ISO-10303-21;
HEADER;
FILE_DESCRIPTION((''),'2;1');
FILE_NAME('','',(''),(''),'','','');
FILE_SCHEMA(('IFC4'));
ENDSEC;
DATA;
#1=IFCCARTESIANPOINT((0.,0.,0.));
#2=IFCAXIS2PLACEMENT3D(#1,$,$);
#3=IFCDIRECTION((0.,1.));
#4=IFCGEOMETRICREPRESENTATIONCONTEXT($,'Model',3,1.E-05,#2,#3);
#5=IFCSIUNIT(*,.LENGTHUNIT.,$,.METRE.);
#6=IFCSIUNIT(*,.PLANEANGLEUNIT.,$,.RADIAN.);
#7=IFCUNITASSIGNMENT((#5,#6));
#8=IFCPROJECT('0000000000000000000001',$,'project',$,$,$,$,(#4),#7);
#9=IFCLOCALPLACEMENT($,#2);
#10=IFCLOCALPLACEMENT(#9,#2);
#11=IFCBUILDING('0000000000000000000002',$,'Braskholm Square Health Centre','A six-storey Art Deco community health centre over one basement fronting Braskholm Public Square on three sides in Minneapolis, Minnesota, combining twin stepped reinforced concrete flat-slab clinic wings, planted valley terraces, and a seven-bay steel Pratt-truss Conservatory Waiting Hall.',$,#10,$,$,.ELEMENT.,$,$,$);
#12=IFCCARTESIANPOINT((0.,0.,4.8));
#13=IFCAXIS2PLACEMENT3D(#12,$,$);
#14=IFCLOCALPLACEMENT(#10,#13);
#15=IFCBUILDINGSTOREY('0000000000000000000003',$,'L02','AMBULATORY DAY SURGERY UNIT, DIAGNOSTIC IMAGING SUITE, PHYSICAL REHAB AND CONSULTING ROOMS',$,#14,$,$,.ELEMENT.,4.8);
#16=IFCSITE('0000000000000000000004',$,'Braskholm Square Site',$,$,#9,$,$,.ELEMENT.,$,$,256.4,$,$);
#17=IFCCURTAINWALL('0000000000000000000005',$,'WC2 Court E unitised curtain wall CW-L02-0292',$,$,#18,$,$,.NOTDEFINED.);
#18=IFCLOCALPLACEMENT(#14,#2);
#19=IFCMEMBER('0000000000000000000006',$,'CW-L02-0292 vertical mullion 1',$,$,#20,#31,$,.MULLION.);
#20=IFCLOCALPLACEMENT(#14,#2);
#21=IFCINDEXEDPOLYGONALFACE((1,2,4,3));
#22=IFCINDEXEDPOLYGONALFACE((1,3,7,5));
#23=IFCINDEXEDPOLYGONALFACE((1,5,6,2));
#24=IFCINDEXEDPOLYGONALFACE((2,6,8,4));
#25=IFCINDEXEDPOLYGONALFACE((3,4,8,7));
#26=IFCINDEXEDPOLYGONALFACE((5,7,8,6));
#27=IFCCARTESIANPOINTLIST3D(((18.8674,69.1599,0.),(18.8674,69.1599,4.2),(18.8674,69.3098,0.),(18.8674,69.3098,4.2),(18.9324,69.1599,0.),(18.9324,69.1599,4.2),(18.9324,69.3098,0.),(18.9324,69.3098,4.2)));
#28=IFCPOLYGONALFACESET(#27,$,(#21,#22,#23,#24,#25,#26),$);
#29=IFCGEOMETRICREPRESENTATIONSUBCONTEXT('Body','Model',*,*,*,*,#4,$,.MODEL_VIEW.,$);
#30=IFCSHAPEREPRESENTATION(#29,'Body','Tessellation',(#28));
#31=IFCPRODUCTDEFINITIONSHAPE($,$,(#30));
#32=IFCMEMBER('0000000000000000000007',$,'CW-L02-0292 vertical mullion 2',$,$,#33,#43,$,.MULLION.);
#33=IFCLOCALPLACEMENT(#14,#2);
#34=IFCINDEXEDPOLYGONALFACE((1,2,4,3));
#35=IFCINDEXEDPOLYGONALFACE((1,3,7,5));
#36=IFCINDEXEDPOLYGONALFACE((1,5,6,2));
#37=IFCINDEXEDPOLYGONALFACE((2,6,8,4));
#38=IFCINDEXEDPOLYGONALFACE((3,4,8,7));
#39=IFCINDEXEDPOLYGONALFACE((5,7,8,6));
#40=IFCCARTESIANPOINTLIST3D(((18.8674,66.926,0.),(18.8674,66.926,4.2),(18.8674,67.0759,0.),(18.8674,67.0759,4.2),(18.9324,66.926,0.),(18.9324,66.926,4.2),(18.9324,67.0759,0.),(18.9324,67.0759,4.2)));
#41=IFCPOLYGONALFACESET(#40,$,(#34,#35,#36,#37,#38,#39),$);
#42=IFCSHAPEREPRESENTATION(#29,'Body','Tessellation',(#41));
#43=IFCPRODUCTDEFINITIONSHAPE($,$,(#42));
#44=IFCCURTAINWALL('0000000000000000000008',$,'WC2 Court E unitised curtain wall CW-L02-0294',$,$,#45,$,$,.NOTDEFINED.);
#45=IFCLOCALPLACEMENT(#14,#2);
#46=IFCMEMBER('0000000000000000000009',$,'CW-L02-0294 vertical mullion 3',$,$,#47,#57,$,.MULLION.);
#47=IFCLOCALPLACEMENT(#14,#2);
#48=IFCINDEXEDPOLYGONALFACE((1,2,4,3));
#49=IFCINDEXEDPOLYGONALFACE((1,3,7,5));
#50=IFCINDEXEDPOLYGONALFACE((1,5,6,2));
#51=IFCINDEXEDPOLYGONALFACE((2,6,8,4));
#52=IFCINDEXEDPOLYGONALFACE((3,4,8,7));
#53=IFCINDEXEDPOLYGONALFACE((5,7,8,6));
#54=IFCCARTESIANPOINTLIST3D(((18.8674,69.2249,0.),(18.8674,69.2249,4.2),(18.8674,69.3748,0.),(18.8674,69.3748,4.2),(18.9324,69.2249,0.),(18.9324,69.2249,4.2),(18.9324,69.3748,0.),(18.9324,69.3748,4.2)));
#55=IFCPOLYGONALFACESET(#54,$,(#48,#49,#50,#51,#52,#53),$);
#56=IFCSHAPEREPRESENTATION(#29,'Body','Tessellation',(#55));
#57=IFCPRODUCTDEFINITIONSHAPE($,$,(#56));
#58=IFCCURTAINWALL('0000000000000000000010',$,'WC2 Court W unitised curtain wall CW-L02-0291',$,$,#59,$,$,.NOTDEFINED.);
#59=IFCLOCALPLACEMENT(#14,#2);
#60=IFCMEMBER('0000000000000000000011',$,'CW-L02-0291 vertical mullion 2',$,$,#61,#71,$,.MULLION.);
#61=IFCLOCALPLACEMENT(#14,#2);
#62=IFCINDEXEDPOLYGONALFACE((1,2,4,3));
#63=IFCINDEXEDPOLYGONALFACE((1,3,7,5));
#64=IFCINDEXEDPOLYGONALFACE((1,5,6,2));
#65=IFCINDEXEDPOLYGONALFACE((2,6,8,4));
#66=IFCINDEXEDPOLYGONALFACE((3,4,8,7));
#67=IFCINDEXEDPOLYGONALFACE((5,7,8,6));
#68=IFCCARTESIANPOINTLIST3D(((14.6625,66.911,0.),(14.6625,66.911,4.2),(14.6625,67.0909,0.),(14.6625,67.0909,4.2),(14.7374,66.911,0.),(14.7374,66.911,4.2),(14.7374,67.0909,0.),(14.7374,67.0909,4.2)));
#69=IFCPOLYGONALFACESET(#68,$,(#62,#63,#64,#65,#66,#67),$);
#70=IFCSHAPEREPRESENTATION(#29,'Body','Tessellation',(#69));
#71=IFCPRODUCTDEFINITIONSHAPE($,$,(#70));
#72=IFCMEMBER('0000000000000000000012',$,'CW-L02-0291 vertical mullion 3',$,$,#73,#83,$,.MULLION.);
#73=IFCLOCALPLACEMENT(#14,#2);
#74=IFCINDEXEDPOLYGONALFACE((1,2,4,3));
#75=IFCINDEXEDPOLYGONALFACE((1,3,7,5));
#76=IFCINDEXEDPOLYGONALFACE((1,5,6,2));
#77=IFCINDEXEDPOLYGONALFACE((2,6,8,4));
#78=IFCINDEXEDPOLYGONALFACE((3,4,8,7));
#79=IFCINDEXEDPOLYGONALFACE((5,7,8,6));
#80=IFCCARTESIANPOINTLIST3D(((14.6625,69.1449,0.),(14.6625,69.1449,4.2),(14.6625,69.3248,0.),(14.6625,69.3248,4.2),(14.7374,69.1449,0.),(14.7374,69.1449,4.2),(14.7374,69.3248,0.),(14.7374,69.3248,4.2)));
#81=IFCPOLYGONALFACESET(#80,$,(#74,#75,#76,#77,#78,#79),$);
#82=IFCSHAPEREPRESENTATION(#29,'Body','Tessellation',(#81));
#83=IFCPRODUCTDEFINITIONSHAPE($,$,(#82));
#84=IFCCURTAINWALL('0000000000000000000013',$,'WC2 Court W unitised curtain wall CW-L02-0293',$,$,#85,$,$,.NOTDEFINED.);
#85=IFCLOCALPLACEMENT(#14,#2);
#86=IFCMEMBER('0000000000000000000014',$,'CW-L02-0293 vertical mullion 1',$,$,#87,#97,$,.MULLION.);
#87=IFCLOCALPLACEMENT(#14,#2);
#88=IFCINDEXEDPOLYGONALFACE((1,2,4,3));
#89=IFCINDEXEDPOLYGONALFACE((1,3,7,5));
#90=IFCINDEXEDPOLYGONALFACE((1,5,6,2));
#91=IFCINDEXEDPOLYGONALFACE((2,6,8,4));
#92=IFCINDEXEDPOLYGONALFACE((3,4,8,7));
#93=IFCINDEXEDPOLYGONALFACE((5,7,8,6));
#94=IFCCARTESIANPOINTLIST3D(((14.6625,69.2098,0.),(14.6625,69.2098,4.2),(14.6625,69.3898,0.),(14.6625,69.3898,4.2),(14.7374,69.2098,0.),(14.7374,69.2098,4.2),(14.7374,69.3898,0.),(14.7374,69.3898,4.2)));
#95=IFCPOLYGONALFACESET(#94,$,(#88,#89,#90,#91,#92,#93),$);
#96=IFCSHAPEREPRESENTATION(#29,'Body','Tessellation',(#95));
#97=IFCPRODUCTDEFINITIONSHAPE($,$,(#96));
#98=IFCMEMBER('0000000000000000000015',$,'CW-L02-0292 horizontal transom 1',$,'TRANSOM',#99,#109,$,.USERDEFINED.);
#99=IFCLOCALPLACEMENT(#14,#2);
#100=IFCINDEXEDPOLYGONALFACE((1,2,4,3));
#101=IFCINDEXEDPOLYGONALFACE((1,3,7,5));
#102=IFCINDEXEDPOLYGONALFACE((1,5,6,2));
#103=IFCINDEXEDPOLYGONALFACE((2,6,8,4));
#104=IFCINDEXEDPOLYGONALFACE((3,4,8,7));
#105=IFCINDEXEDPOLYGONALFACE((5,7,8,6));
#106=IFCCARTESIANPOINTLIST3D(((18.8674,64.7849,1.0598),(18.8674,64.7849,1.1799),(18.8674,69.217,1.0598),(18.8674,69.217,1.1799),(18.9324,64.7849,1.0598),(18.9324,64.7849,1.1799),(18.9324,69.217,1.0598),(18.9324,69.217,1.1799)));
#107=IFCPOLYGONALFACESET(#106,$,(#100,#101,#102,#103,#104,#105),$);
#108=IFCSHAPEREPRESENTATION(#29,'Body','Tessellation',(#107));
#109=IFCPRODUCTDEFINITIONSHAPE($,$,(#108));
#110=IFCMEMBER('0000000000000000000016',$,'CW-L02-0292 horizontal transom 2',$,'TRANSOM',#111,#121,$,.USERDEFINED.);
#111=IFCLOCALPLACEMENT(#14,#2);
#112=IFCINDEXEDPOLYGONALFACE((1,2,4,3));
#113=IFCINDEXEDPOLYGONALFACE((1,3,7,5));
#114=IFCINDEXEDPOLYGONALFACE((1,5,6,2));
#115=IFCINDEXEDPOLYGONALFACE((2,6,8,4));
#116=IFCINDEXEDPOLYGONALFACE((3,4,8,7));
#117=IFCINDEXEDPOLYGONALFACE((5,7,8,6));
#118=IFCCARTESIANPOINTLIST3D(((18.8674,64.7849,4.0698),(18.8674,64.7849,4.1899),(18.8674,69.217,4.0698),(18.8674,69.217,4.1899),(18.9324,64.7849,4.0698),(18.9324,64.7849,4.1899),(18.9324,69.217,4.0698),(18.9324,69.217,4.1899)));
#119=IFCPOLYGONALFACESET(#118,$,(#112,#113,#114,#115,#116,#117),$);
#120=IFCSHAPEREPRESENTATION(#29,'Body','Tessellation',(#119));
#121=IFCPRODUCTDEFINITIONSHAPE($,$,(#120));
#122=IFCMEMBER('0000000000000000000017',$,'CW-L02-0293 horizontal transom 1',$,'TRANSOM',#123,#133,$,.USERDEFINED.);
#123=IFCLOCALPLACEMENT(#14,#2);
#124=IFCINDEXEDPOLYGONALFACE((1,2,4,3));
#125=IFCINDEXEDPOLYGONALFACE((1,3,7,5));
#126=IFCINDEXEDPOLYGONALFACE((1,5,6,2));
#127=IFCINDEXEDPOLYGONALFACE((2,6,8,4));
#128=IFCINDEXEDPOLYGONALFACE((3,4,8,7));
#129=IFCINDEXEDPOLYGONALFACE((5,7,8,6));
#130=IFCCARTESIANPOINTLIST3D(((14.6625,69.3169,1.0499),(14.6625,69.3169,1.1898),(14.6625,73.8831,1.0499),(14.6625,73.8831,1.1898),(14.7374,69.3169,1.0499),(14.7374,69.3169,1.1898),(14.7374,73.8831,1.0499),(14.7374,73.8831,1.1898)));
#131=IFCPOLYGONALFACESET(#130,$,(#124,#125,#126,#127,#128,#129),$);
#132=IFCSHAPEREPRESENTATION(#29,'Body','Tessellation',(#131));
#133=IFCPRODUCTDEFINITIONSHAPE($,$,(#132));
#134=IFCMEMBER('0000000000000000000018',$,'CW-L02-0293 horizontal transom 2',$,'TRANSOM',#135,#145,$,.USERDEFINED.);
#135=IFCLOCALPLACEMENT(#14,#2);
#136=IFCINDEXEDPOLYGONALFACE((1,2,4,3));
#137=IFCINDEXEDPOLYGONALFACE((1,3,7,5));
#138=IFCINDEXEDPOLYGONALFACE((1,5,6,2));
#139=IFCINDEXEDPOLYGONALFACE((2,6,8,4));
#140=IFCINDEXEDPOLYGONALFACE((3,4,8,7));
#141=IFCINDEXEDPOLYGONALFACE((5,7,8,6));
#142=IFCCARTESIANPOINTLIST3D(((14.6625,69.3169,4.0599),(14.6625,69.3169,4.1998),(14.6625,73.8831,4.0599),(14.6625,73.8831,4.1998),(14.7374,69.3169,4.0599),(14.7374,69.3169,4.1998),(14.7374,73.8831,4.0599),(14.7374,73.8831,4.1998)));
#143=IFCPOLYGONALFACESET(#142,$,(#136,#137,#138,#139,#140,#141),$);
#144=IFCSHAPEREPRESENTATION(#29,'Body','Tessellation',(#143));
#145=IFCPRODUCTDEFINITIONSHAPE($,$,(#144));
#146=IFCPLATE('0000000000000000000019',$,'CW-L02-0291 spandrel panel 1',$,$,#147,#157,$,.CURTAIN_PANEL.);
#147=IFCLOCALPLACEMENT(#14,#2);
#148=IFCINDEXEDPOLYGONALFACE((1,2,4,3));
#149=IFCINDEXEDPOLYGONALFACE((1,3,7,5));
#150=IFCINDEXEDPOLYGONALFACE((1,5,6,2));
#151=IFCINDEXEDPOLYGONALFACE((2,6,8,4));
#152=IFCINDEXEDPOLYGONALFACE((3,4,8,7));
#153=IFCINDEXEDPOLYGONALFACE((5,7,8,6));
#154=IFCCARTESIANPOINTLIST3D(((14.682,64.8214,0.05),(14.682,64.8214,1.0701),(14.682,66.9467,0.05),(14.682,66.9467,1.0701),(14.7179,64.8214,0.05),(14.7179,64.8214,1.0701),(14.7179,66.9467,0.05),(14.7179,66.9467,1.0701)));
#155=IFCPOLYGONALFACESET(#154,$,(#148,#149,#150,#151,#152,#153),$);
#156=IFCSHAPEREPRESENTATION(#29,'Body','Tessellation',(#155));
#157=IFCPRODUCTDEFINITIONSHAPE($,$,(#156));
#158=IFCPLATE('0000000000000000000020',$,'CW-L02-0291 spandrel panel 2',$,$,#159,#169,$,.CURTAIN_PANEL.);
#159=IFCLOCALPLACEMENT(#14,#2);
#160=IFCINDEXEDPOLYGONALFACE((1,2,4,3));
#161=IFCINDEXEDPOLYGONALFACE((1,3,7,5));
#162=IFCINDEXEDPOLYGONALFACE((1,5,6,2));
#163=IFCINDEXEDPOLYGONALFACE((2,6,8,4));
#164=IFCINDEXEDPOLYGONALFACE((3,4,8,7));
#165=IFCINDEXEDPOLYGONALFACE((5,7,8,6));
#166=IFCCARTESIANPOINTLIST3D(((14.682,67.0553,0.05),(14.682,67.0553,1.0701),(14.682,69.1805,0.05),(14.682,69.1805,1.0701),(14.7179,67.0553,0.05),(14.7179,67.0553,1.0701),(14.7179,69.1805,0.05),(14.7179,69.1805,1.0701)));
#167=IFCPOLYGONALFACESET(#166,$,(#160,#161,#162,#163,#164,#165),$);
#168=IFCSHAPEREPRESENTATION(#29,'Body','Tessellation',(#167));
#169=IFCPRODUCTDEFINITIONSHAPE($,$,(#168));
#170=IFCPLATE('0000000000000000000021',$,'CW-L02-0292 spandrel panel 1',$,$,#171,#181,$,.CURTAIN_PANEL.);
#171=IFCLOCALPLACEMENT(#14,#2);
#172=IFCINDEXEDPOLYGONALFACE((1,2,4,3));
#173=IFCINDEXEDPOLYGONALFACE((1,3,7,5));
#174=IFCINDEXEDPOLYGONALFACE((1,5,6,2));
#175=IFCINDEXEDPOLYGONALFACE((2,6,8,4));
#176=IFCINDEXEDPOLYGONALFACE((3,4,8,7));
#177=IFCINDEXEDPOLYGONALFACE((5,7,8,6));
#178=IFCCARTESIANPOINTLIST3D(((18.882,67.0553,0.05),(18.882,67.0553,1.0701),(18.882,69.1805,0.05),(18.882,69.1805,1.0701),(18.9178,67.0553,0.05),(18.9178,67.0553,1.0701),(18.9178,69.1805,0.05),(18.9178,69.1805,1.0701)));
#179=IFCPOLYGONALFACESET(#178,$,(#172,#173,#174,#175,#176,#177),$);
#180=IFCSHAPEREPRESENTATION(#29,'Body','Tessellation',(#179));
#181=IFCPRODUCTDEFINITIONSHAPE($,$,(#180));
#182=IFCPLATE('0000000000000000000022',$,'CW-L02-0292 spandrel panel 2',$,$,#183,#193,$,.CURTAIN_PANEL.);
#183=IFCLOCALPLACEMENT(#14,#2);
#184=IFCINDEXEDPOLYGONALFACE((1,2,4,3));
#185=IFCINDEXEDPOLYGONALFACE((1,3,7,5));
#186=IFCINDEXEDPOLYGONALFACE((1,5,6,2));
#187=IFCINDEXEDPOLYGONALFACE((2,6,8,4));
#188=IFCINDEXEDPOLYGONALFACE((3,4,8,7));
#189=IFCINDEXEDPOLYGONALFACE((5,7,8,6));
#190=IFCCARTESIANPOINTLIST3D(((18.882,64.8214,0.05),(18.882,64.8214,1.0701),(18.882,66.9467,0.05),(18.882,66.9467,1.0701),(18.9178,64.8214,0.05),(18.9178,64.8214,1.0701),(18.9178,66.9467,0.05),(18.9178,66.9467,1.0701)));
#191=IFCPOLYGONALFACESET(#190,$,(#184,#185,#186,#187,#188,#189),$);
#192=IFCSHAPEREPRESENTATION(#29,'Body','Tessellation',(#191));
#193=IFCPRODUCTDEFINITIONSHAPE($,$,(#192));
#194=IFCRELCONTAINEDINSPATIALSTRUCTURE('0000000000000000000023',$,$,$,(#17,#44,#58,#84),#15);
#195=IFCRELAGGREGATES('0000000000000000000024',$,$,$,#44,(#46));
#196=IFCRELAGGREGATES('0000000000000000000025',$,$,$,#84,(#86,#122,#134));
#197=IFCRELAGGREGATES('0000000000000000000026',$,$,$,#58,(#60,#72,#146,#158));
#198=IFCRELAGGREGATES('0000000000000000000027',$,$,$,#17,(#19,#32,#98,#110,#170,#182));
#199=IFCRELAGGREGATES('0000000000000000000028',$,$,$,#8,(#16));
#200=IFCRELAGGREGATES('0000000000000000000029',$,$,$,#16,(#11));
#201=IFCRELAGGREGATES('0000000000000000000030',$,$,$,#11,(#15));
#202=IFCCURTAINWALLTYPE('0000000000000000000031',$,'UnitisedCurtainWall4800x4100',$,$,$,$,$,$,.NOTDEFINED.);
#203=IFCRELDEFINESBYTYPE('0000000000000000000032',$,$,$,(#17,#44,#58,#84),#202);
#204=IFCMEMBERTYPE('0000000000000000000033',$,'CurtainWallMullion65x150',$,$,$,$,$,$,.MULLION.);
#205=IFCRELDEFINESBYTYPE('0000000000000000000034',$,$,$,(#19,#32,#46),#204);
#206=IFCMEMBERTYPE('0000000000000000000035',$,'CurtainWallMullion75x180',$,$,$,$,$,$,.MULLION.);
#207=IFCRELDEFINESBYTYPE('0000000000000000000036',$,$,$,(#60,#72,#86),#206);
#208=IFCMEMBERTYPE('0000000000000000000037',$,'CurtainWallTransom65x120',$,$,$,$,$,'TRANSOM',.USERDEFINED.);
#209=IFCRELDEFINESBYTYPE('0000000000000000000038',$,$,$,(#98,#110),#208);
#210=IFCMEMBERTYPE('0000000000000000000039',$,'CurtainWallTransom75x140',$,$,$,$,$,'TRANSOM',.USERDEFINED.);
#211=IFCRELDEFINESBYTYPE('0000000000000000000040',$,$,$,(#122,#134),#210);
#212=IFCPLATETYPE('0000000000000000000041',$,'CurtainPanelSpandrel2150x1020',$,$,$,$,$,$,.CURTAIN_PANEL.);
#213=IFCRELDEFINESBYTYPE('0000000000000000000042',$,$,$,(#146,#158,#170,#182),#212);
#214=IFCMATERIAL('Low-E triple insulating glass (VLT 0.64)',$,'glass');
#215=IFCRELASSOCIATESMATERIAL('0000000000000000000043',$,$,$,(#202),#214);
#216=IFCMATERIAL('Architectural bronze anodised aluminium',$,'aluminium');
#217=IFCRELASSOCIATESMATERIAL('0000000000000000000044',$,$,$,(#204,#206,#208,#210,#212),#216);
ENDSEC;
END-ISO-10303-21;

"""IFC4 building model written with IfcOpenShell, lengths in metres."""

from ifc_helpers import new_model, si_unit, direction, frame, origin, origin_2d, place, context, subcontext, project, spatial, rectangle, extrude, material, material_profile, profile_set, type_object, element, aggregate, save


model = new_model("IFC4")

# Units and contexts
model_context = context("Model", 3, precision=1e-05, world=origin(), true_north=direction((0.0, 1.0)))
body_context = subcontext(model_context, "Body", "Model", "MODEL_VIEW")
ifc_project = project(units=[si_unit("LENGTHUNIT", "METRE"), si_unit("PLANEANGLEUNIT", "RADIAN")], contexts=[model_context])

# Site, building, storey
site_placement = place(None, origin())
site = spatial("IfcSite", under=ifc_project, at=site_placement, Name="Braskholm Square Site", CompositionType="ELEMENT", RefElevation=256.4)
building_placement = place(site_placement, origin())
building = spatial("IfcBuilding", under=site, at=building_placement, Name="Braskholm Square Health Centre", Description="A six-storey Art Deco community health centre over one basement fronting Braskholm Public Square on three sides in Minneapolis, Minnesota, combining twin stepped reinforced concrete flat-slab clinic wings, planted valley terraces, and a seven-bay steel Pratt-truss Conservatory Waiting Hall.", CompositionType="ELEMENT")
storey_placement = place(building_placement, frame((0.0, 0.0, 4.8)))
storey = spatial("IfcBuildingStorey", under=building, at=storey_placement, Name="L02", Description="AMBULATORY DAY SURGERY UNIT, DIAGNOSTIC IMAGING SUITE, PHYSICAL REHAB AND CONSULTING ROOMS", CompositionType="ELEMENT", Elevation=4.8)

# Curtain wall, members
ifc_material_1 = material(Name="Low-E triple insulating glass (VLT 0.64)", Category="glass")
curtain_wall_type = type_object("IfcCurtainWallType", Name="UnitisedCurtainWall4800x4100", PredefinedType="NOTDEFINED", material=ifc_material_1)
curtain_wall_1_placement = place(storey_placement, origin())
curtain_wall_1 = element("IfcCurtainWall", 1, at=curtain_wall_1_placement, inside=storey, type_object=curtain_wall_type, Name="WC2 Court E unitised curtain wall CW-L02-0292", PredefinedType="NOTDEFINED")
ifc_material_2 = material(Name="Architectural bronze anodised aluminium", Category="aluminium")
ifc_material_profile_1 = material_profile(ifc_material_2, rectangle(XDim=0.0649, YDim=0.1499, at=origin_2d()), Name="ALU-65X150")
ifc_profile_set_1 = profile_set([ifc_material_profile_1], Name="Architectural bronze anodised aluminium")
member_type_1 = type_object("IfcMemberType", Name="CurtainWallMullion65x150", PredefinedType="MULLION", material=ifc_profile_set_1)
member_1_placement = place(storey_placement, frame((18.8999, 69.2349, 0.0), z_axis=(0.0, 0.0, 1.0), x_axis=(1.0, 0.0, 0.0)))
member_1 = element("IfcMember", 2, at=member_1_placement, type_object=member_type_1, Name="CW-L02-0292 vertical mullion 1", PredefinedType="MULLION", context=body_context, shape_type="SweptSolid", body=[
    extrude(rectangle(XDim=0.0649, YDim=0.1499, at=origin_2d()), origin(), (0.0, 0.0, 1.0), 4.2),
])
member_2_placement = place(storey_placement, frame((18.8999, 67.001, 0.0), z_axis=(0.0, 0.0, 1.0), x_axis=(1.0, 0.0, 0.0)))
member_2 = element("IfcMember", 3, at=member_2_placement, type_object=member_type_1, Name="CW-L02-0292 vertical mullion 2", PredefinedType="MULLION", context=body_context, shape_type="SweptSolid", body=[
    extrude(rectangle(XDim=0.0649, YDim=0.1499, at=origin_2d()), origin(), (0.0, 0.0, 1.0), 4.2),
])

# Curtain wall, member
curtain_wall_2_placement = place(storey_placement, origin())
curtain_wall_2 = element("IfcCurtainWall", 4, at=curtain_wall_2_placement, inside=storey, type_object=curtain_wall_type, Name="WC2 Court E unitised curtain wall CW-L02-0294", PredefinedType="NOTDEFINED")
member_3_placement = place(storey_placement, frame((18.8999, 69.2998, 0.0), z_axis=(0.0, 0.0, 1.0), x_axis=(1.0, 0.0, 0.0)))
member_3 = element("IfcMember", 5, at=member_3_placement, type_object=member_type_1, Name="CW-L02-0294 vertical mullion 3", PredefinedType="MULLION", context=body_context, shape_type="SweptSolid", body=[
    extrude(rectangle(XDim=0.0649, YDim=0.1499, at=origin_2d()), origin(), (0.0, 0.0, 1.0), 4.2),
])
aggregate(curtain_wall_2, [member_3])

# Curtain wall, members
curtain_wall_3_placement = place(storey_placement, origin())
curtain_wall_3 = element("IfcCurtainWall", 6, at=curtain_wall_3_placement, inside=storey, type_object=curtain_wall_type, Name="WC2 Court W unitised curtain wall CW-L02-0291", PredefinedType="NOTDEFINED")
ifc_material_profile_2 = material_profile(ifc_material_2, rectangle(XDim=0.075, YDim=0.1799, at=origin_2d()), Name="ALU-75X180")
ifc_profile_set_2 = profile_set([ifc_material_profile_2], Name="Architectural bronze anodised aluminium")
member_type_2 = type_object("IfcMemberType", Name="CurtainWallMullion75x180", PredefinedType="MULLION", material=ifc_profile_set_2)
member_4_placement = place(storey_placement, frame((14.7, 67.001, 0.0), z_axis=(0.0, 0.0, 1.0), x_axis=(1.0, 0.0, 0.0)))
member_4 = element("IfcMember", 7, at=member_4_placement, type_object=member_type_2, Name="CW-L02-0291 vertical mullion 2", PredefinedType="MULLION", context=body_context, shape_type="SweptSolid", body=[
    extrude(rectangle(XDim=0.075, YDim=0.1799, at=origin_2d()), origin(), (0.0, 0.0, 1.0), 4.2),
])
member_5_placement = place(storey_placement, frame((14.7, 69.2349, 0.0), z_axis=(0.0, 0.0, 1.0), x_axis=(1.0, 0.0, 0.0)))
member_5 = element("IfcMember", 8, at=member_5_placement, type_object=member_type_2, Name="CW-L02-0291 vertical mullion 3", PredefinedType="MULLION", context=body_context, shape_type="SweptSolid", body=[
    extrude(rectangle(XDim=0.075, YDim=0.1799, at=origin_2d()), origin(), (0.0, 0.0, 1.0), 4.2),
])

# Curtain wall, member
curtain_wall_4_placement = place(storey_placement, origin())
curtain_wall_4 = element("IfcCurtainWall", 9, at=curtain_wall_4_placement, inside=storey, type_object=curtain_wall_type, Name="WC2 Court W unitised curtain wall CW-L02-0293", PredefinedType="NOTDEFINED")
member_6_placement = place(storey_placement, frame((14.7, 69.2998, 0.0), z_axis=(0.0, 0.0, 1.0), x_axis=(1.0, 0.0, 0.0)))
member_6 = element("IfcMember", 10, at=member_6_placement, type_object=member_type_2, Name="CW-L02-0293 vertical mullion 1", PredefinedType="MULLION", context=body_context, shape_type="SweptSolid", body=[
    extrude(rectangle(XDim=0.075, YDim=0.1799, at=origin_2d()), origin(), (0.0, 0.0, 1.0), 4.2),
])

# Members
ifc_material_profile_3 = material_profile(ifc_material_2, rectangle(XDim=0.0649, YDim=0.1201, at=origin_2d()), Name="ALU-65X120")
ifc_profile_set_3 = profile_set([ifc_material_profile_3], Name="Architectural bronze anodised aluminium")
member_type_3 = type_object("IfcMemberType", Name="CurtainWallTransom65x120", ElementType="TRANSOM", PredefinedType="USERDEFINED", material=ifc_profile_set_3)
member_7_placement = place(storey_placement, frame((18.8999, 69.217, 1.1199), z_axis=(0.0, -1.0, 0.0), x_axis=(1.0, 0.0, 0.0)))
member_7 = element("IfcMember", 11, at=member_7_placement, type_object=member_type_3, Name="CW-L02-0292 horizontal transom 1", ObjectType="TRANSOM", PredefinedType="USERDEFINED", context=body_context, shape_type="SweptSolid", body=[
    extrude(rectangle(XDim=0.0649, YDim=0.1201, at=origin_2d()), origin(), (0.0, 0.0, 1.0), 4.4321),
])
member_8_placement = place(storey_placement, frame((18.8999, 69.217, 4.1299), z_axis=(0.0, -1.0, 0.0), x_axis=(1.0, 0.0, 0.0)))
member_8 = element("IfcMember", 12, at=member_8_placement, type_object=member_type_3, Name="CW-L02-0292 horizontal transom 2", ObjectType="TRANSOM", PredefinedType="USERDEFINED", context=body_context, shape_type="SweptSolid", body=[
    extrude(rectangle(XDim=0.0649, YDim=0.1201, at=origin_2d()), origin(), (0.0, 0.0, 1.0), 4.4321),
])
ifc_material_profile_4 = material_profile(ifc_material_2, rectangle(XDim=0.075, YDim=0.1399, at=origin_2d()), Name="ALU-75X140")
ifc_profile_set_4 = profile_set([ifc_material_profile_4], Name="Architectural bronze anodised aluminium")
member_type_4 = type_object("IfcMemberType", Name="CurtainWallTransom75x140", ElementType="TRANSOM", PredefinedType="USERDEFINED", material=ifc_profile_set_4)
member_9_placement = place(storey_placement, frame((14.7, 69.3169, 1.1199), z_axis=(0.0, 1.0, 0.0), x_axis=(-1.0, 0.0, 0.0)))
member_9 = element("IfcMember", 13, at=member_9_placement, type_object=member_type_4, Name="CW-L02-0293 horizontal transom 1", ObjectType="TRANSOM", PredefinedType="USERDEFINED", context=body_context, shape_type="SweptSolid", body=[
    extrude(rectangle(XDim=0.075, YDim=0.1399, at=origin_2d()), origin(), (0.0, 0.0, 1.0), 4.5662),
])
member_10_placement = place(storey_placement, frame((14.7, 69.3169, 4.1299), z_axis=(0.0, 1.0, 0.0), x_axis=(-1.0, 0.0, 0.0)))
member_10 = element("IfcMember", 14, at=member_10_placement, type_object=member_type_4, Name="CW-L02-0293 horizontal transom 2", ObjectType="TRANSOM", PredefinedType="USERDEFINED", context=body_context, shape_type="SweptSolid", body=[
    extrude(rectangle(XDim=0.075, YDim=0.1399, at=origin_2d()), origin(), (0.0, 0.0, 1.0), 4.5662),
])
aggregate(curtain_wall_4, [member_6, member_9, member_10])

# Plates
plate_type_1 = type_object("IfcPlateType", Name="CurtainPanelSpandrel2150x1020", PredefinedType="CURTAIN_PANEL", material=ifc_material_2)
plate_1_placement = place(storey_placement, frame((14.7, 65.884, 0.05), z_axis=(0.0, 0.0, 1.0), x_axis=(0.0, 1.0, 0.0)))
plate_1 = element("IfcPlate", 15, at=plate_1_placement, type_object=plate_type_1, Name="CW-L02-0291 spandrel panel 1", PredefinedType="CURTAIN_PANEL", context=body_context, shape_type="SweptSolid", body=[
    extrude(rectangle(XDim=2.1252, YDim=0.0359, at=origin_2d()), origin(), (0.0, 0.0, 1.0), 1.02),
])
plate_2_placement = place(storey_placement, frame((14.7, 68.1179, 0.05), z_axis=(0.0, 0.0, 1.0), x_axis=(0.0, 1.0, 0.0)))
plate_2 = element("IfcPlate", 16, at=plate_2_placement, type_object=plate_type_1, Name="CW-L02-0291 spandrel panel 2", PredefinedType="CURTAIN_PANEL", context=body_context, shape_type="SweptSolid", body=[
    extrude(rectangle(XDim=2.1252, YDim=0.0359, at=origin_2d()), origin(), (0.0, 0.0, 1.0), 1.02),
])
plate_3_placement = place(storey_placement, frame((18.8999, 68.1179, 0.05), z_axis=(0.0, 0.0, 1.0), x_axis=(0.0, -1.0, 0.0)))
plate_3 = element("IfcPlate", 17, at=plate_3_placement, type_object=plate_type_1, Name="CW-L02-0292 spandrel panel 1", PredefinedType="CURTAIN_PANEL", context=body_context, shape_type="SweptSolid", body=[
    extrude(rectangle(XDim=2.1252, YDim=0.0359, at=origin_2d()), origin(), (0.0, 0.0, 1.0), 1.02),
])
plate_4_placement = place(storey_placement, frame((18.8999, 65.884, 0.05), z_axis=(0.0, 0.0, 1.0), x_axis=(0.0, -1.0, 0.0)))
plate_4 = element("IfcPlate", 18, at=plate_4_placement, type_object=plate_type_1, Name="CW-L02-0292 spandrel panel 2", PredefinedType="CURTAIN_PANEL", context=body_context, shape_type="SweptSolid", body=[
    extrude(rectangle(XDim=2.1252, YDim=0.0359, at=origin_2d()), origin(), (0.0, 0.0, 1.0), 1.02),
])
aggregate(curtain_wall_3, [member_4, member_5, plate_1, plate_2])
aggregate(curtain_wall_1, [member_1, member_2, member_7, member_8, plate_3, plate_4])

save(model, "model.ifc")
